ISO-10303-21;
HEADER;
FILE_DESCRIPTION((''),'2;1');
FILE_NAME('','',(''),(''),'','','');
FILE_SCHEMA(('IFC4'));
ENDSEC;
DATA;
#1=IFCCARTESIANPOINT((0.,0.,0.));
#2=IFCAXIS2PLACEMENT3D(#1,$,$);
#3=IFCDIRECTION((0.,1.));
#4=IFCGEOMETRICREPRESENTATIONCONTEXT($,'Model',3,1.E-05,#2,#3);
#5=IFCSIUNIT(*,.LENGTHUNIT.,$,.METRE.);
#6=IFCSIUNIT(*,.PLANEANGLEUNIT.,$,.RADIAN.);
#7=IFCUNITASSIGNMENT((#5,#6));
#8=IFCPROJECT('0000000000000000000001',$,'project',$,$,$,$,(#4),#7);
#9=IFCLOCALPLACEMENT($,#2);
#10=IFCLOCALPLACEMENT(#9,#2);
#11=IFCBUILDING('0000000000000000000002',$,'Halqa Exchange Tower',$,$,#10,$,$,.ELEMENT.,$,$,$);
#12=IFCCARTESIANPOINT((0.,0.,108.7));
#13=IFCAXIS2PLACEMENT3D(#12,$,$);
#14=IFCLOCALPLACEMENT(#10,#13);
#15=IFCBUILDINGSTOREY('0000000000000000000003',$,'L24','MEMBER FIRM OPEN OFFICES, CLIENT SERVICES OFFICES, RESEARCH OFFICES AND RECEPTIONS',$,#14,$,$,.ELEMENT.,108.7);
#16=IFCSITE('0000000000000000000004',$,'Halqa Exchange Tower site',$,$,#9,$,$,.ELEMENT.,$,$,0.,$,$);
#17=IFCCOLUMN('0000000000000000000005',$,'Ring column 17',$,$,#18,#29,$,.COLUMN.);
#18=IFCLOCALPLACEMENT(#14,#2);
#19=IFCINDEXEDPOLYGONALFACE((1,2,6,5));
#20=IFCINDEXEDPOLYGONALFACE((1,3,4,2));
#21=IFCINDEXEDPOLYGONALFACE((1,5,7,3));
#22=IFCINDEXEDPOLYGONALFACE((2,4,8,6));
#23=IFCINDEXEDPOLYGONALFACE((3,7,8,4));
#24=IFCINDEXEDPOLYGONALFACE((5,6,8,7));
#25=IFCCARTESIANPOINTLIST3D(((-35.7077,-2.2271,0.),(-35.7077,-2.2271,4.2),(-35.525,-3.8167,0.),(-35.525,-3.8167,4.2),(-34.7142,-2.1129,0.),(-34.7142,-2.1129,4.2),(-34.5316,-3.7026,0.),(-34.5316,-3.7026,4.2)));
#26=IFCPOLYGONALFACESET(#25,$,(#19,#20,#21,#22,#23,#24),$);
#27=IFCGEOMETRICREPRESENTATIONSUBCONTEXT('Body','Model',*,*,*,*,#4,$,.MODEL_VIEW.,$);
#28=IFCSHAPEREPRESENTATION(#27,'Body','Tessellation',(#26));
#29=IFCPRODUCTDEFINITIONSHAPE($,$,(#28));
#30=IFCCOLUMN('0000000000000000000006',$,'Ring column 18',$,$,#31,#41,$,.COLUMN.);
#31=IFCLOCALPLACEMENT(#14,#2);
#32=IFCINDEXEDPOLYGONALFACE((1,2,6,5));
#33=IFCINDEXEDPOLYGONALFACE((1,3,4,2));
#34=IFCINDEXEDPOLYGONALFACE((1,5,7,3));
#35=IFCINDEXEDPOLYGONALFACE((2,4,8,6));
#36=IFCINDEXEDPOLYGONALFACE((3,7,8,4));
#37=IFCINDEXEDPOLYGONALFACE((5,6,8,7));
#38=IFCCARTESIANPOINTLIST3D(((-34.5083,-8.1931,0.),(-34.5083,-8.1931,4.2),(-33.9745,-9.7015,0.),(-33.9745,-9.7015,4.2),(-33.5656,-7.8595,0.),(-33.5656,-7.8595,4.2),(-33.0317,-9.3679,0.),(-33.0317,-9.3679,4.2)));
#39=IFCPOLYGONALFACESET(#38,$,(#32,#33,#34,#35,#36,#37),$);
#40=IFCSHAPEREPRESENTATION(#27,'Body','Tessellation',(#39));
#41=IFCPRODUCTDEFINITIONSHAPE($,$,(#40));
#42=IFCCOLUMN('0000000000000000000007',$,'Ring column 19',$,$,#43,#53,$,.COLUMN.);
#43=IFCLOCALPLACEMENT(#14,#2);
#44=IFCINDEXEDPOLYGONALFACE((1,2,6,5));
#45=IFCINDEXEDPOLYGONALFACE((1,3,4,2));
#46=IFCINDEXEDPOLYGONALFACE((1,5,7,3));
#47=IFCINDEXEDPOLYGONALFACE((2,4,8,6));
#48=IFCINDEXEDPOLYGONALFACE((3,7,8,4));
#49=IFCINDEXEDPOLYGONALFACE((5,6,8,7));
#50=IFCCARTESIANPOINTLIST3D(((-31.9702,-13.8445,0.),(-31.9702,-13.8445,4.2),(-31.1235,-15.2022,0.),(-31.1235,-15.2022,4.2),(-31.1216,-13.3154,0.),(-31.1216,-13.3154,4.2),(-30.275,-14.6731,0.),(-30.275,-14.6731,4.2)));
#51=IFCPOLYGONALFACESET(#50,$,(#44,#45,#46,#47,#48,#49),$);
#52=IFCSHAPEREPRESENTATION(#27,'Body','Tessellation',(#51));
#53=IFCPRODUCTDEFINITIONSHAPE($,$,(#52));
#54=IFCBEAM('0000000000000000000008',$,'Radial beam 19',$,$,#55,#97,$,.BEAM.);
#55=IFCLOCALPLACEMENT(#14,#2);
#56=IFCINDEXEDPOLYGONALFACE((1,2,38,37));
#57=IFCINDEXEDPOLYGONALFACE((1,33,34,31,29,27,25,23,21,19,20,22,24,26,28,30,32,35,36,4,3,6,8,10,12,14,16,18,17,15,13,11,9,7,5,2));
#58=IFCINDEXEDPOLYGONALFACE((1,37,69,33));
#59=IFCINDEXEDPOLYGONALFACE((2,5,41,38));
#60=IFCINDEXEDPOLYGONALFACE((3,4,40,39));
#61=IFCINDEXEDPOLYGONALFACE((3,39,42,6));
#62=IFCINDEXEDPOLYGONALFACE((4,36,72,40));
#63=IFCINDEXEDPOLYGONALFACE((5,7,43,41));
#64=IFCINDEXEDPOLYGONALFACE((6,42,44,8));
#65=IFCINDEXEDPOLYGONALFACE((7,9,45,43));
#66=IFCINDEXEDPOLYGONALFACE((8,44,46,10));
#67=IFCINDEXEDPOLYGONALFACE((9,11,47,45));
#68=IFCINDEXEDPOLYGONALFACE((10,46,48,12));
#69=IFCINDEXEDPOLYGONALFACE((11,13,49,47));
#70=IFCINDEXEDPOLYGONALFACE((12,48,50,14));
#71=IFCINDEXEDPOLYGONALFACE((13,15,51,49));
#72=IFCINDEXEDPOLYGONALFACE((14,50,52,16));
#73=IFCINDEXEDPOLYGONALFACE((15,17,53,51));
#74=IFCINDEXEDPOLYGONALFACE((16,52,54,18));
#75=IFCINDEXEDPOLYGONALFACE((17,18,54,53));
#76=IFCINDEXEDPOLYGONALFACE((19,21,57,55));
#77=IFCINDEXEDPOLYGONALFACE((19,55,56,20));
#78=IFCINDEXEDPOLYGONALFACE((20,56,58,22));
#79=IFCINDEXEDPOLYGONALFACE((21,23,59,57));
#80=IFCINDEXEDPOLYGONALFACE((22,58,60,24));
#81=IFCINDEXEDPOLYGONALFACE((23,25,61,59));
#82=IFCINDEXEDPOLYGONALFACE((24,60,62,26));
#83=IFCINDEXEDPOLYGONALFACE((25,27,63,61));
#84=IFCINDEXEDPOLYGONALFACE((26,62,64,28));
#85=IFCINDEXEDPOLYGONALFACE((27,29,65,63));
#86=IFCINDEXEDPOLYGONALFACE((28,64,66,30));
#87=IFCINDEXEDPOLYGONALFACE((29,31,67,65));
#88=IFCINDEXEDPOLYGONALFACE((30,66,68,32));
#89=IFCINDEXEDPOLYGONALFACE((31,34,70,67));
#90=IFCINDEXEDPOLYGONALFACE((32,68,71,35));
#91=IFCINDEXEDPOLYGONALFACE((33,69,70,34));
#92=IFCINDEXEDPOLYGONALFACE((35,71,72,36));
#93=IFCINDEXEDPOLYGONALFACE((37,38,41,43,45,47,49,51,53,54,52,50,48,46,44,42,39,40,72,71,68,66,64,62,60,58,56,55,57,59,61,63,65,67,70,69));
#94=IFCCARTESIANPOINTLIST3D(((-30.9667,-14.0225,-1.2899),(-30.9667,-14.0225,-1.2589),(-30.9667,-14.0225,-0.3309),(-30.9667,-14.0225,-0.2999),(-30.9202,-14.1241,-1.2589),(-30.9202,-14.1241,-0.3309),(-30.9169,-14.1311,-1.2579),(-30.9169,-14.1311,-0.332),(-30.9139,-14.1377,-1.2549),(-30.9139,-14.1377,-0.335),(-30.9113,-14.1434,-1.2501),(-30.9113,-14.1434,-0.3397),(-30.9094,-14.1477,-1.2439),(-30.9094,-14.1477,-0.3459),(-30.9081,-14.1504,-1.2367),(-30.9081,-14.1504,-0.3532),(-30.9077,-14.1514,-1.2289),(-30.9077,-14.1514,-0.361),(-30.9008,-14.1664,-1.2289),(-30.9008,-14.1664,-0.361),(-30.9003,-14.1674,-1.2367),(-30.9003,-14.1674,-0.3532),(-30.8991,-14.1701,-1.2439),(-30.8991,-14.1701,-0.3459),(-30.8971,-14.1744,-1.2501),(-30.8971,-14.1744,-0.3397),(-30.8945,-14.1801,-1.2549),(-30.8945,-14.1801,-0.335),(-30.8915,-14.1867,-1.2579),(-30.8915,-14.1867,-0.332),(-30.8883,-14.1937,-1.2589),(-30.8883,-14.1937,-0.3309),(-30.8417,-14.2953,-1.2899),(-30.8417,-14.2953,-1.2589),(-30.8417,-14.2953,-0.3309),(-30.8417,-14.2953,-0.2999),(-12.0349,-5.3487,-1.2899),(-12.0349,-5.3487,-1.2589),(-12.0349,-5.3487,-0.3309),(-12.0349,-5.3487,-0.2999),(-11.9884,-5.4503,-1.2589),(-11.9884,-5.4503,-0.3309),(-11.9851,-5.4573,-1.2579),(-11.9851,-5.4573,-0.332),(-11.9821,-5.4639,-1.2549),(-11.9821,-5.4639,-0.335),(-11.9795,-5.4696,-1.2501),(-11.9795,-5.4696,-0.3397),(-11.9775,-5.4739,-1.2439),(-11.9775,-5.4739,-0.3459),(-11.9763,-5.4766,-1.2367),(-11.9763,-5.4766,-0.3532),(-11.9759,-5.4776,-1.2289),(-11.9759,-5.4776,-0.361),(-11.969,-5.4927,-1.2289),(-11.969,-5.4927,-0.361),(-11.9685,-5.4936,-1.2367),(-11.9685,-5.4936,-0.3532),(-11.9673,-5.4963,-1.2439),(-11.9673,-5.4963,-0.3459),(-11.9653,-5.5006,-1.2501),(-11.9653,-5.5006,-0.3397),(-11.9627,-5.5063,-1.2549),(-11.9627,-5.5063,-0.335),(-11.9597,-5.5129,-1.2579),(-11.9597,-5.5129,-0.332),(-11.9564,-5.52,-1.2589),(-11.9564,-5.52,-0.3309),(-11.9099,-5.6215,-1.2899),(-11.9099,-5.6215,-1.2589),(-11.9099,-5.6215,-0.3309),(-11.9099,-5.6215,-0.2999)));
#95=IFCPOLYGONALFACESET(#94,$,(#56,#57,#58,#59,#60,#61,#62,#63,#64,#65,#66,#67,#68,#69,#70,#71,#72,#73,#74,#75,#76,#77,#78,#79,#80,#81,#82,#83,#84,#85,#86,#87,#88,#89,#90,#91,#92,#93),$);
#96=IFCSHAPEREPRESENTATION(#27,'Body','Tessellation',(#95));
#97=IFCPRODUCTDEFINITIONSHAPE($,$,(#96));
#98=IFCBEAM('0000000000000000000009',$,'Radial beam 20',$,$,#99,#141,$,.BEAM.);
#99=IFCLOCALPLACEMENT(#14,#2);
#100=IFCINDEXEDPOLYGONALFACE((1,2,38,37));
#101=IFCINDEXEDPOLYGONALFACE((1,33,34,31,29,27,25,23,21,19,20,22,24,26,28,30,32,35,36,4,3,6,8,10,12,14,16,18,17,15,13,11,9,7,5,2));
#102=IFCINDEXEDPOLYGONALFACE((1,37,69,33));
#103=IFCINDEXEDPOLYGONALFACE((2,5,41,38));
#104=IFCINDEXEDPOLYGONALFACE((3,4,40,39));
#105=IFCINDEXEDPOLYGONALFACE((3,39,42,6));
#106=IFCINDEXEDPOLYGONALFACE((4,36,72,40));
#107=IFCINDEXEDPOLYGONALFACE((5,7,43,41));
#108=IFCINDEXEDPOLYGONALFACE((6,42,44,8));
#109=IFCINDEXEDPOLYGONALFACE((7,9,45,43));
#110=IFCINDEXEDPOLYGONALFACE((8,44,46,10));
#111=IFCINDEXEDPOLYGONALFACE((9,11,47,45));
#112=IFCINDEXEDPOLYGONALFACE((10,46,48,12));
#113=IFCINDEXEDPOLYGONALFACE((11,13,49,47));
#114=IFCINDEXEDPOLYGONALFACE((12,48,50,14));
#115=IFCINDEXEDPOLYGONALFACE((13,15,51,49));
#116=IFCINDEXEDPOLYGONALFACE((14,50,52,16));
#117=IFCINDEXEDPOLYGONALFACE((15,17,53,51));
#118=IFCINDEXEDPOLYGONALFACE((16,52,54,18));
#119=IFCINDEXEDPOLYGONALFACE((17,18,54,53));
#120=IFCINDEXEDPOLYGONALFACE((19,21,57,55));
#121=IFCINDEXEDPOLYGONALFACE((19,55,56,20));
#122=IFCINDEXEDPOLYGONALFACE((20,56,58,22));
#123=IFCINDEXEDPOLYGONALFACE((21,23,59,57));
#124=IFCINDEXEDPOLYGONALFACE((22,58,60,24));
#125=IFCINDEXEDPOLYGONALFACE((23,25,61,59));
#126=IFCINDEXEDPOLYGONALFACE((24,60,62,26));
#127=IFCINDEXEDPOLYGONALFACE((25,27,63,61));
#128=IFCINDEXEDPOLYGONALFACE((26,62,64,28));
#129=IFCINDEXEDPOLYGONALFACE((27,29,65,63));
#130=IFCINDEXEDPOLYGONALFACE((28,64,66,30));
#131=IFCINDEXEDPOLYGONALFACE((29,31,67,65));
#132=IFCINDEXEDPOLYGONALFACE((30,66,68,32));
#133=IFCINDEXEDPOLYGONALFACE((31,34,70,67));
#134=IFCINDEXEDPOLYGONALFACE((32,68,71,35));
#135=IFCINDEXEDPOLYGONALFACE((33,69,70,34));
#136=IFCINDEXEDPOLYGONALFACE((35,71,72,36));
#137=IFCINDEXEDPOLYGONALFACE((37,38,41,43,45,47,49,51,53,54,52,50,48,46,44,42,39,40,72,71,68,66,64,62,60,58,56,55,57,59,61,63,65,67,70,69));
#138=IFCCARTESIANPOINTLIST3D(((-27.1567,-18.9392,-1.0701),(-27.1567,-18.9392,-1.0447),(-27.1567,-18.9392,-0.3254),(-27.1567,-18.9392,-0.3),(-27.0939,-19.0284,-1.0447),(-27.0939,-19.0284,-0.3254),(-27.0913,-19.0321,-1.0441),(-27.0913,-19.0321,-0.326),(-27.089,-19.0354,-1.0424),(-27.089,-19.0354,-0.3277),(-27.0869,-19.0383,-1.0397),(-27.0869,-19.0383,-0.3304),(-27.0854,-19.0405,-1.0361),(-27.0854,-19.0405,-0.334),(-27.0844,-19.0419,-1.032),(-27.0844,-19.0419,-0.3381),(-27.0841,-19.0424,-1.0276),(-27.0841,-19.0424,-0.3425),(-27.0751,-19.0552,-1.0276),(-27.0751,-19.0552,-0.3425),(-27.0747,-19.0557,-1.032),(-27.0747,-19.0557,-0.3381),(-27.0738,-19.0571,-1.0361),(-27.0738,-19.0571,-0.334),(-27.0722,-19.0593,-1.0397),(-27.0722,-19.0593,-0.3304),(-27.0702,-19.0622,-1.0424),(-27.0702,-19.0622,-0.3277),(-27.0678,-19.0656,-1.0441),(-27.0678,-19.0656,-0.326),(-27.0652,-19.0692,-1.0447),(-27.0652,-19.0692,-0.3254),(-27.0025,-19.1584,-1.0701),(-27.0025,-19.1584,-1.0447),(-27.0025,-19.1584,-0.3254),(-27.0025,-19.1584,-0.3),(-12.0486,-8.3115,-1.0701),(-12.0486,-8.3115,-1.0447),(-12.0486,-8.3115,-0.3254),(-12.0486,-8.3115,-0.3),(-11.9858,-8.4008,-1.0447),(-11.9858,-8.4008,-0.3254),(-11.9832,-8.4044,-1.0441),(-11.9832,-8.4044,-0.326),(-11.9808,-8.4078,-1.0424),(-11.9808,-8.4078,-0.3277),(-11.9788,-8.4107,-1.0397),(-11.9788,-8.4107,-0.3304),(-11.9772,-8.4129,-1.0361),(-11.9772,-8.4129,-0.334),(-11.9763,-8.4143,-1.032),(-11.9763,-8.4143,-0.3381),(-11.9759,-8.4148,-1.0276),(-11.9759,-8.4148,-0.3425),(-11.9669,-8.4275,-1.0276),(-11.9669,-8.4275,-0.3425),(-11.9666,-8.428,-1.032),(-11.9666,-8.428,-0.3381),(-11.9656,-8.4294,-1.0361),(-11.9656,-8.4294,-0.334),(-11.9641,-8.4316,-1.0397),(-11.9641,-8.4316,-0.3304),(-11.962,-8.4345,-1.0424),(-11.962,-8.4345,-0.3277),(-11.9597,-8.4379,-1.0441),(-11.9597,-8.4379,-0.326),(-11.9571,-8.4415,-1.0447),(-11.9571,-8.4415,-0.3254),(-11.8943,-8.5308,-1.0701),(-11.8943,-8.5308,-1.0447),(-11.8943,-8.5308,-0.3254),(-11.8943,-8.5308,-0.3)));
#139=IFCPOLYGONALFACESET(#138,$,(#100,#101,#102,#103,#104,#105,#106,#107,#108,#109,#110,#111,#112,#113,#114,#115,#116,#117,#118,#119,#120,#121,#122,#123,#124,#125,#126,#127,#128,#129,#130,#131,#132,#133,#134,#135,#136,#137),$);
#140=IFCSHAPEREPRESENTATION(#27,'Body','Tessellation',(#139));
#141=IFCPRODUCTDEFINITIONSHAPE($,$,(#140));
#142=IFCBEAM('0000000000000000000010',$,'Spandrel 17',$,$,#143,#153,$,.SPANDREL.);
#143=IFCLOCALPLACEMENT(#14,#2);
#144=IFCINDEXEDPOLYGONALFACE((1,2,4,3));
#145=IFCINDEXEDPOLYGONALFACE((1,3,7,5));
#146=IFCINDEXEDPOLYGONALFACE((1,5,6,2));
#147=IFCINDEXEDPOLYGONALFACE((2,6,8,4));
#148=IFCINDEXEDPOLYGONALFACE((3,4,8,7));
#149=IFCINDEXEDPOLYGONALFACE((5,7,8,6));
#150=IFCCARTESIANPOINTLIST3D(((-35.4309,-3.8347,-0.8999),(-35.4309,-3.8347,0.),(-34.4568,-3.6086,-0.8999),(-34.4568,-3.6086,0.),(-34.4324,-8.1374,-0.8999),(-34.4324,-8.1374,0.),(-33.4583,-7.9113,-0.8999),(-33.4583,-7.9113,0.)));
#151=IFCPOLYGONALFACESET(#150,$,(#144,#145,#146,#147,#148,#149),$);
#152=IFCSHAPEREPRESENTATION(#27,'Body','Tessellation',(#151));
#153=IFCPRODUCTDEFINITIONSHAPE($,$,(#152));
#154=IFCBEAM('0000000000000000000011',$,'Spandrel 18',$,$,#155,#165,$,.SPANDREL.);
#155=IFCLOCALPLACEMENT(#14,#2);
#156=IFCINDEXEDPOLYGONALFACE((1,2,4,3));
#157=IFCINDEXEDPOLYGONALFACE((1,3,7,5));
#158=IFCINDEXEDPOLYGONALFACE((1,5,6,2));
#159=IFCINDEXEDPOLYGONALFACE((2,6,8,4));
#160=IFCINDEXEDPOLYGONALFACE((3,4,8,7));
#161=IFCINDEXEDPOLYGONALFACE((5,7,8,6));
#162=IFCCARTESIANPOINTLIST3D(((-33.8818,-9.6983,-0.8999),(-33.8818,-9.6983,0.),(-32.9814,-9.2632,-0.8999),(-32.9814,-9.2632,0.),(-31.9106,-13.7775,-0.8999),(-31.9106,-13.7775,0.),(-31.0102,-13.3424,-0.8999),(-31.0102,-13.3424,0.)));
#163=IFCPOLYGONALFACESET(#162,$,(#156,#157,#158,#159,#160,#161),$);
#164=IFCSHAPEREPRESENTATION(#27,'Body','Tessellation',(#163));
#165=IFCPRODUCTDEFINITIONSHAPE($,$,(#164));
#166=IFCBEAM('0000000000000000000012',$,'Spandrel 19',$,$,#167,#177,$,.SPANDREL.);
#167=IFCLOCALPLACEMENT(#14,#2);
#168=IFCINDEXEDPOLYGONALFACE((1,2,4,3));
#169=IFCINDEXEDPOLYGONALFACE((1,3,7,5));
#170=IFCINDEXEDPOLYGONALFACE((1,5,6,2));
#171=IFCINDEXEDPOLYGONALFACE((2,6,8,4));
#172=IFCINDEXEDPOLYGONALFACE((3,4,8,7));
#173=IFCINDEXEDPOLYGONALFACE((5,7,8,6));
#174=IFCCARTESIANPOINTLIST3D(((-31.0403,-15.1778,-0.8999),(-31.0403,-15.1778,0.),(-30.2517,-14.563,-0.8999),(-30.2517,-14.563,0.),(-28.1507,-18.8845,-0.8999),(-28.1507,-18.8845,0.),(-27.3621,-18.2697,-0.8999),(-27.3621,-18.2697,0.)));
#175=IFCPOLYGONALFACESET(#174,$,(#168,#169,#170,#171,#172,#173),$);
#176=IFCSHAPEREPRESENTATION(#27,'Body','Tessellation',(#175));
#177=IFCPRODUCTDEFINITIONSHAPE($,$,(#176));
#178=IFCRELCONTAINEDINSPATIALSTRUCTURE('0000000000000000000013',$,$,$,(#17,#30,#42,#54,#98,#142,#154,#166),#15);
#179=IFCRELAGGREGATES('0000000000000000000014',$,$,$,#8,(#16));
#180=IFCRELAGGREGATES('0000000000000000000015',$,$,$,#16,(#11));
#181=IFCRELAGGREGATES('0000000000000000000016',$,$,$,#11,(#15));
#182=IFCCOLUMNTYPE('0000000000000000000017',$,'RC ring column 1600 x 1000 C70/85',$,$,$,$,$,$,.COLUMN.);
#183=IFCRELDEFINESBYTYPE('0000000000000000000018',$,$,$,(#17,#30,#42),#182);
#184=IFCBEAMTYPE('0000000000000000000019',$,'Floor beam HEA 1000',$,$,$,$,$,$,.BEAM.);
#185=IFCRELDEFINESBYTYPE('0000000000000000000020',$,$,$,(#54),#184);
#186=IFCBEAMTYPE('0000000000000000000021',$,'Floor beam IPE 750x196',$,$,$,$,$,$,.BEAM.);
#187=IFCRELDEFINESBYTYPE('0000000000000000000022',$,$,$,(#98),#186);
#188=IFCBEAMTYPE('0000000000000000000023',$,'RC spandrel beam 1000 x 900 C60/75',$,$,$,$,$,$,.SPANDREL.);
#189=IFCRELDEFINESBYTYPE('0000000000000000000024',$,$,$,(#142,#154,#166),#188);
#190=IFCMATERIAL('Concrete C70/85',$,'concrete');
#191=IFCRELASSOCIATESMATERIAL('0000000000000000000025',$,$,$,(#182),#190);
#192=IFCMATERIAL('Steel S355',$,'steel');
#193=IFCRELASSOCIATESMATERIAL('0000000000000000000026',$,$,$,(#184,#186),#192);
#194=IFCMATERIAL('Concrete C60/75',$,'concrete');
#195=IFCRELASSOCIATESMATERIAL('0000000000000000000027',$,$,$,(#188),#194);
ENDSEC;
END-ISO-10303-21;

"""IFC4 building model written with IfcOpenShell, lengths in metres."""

from ifc_helpers import new_model, si_unit, direction, frame, origin, origin_2d, place, context, subcontext, project, spatial, rectangle, i_section, extrude, material, material_profile, profile_set, type_object, element, save


model = new_model("IFC4")

# Units and contexts
model_context = context("Model", 3, precision=1e-05, world=origin(), true_north=direction((0.0, 1.0)))
body_context = subcontext(model_context, "Body", "Model", "MODEL_VIEW")
ifc_project = project(units=[si_unit("LENGTHUNIT", "METRE"), si_unit("PLANEANGLEUNIT", "RADIAN")], contexts=[model_context])

# Site, building, storey
site_placement = place(None, origin())
site = spatial("IfcSite", under=ifc_project, at=site_placement, Name="Halqa Exchange Tower site", CompositionType="ELEMENT", RefElevation=0.0)
building_placement = place(site_placement, origin())
building = spatial("IfcBuilding", under=site, at=building_placement, Name="Halqa Exchange Tower", CompositionType="ELEMENT")
storey_placement = place(building_placement, frame((0.0, 0.0, 108.7)))
storey = spatial("IfcBuildingStorey", under=building, at=storey_placement, Name="L24", Description="MEMBER FIRM OPEN OFFICES, CLIENT SERVICES OFFICES, RESEARCH OFFICES AND RECEPTIONS", CompositionType="ELEMENT", Elevation=108.7)

# Columns
ifc_material_1 = material(Name="Concrete C70/85", Category="concrete")
ifc_material_profile_1 = material_profile(ifc_material_1, rectangle(XDim=1.6001, YDim=1.0, at=origin_2d()), Name="1600 x 1000")
ifc_profile_set_1 = profile_set([ifc_material_profile_1], Name="Concrete C70/85")
column_type = type_object("IfcColumnType", Name="RC ring column 1600 x 1000 C70/85", PredefinedType="COLUMN", material=ifc_profile_set_1)
for number, where, z_axis, x_axis, name in (
    (1, (-35.1196, -2.9648, 0.0), (0.0, 0.0, 1.0), (0.114162, -0.993462, 0.0), "Ring column 17"),
    (2, (-33.77, -8.7805, 0.0), (0.0, 0.0, 1.0), (0.333626, -0.942706, 0.0), "Ring column 18"),
    (3, (-31.1226, -14.2588, 0.0), (0.0, 0.0, 1.0), (0.529139, -0.848535, 0.0), "Ring column 19"),
):
    element("IfcColumn", number, at=place(storey_placement, frame(where, z_axis=z_axis, x_axis=x_axis)), inside=storey, type_object=column_type, Name=name, PredefinedType="COLUMN", context=body_context, shape_type="SweptSolid", body=[
        extrude(rectangle(XDim=1.6001, YDim=1.0, at=origin_2d()), origin(), (0.0, 0.0, 1.0), 4.2),
    ])

# Beams
ifc_material_2 = material(Name="Steel S355", Category="steel")
ifc_material_profile_2 = material_profile(ifc_material_2, i_section(OverallWidth=0.3, OverallDepth=0.99, WebThickness=0.0166, FlangeThickness=0.031, FilletRadius=0.03, at=origin_2d()), Name="HEA 1000")
ifc_profile_set_2 = profile_set([ifc_material_profile_2], Name="Steel S355")
beam_type_1 = type_object("IfcBeamType", Name="Floor beam HEA 1000", PredefinedType="BEAM", material=ifc_profile_set_2)
beam_1_placement = place(storey_placement, frame((-11.9724, -5.4851, -0.7949), z_axis=(-0.909125, -0.416524, 0.0), x_axis=(0.416524, -0.909125, 0.0)))
element("IfcBeam", 4, at=beam_1_placement, inside=storey, type_object=beam_type_1, Name="Radial beam 19", PredefinedType="BEAM", context=body_context, shape_type="SweptSolid", body=[
    extrude(i_section(OverallWidth=0.3, OverallDepth=0.99, WebThickness=0.0166, FlangeThickness=0.031, FilletRadius=0.03, at=origin_2d()), origin(), (0.0, 0.0, 1.0), 20.8242),
])
ifc_material_profile_3 = material_profile(ifc_material_2, i_section(OverallWidth=0.2681, OverallDepth=0.77, WebThickness=0.0156, FlangeThickness=0.0254, FilletRadius=0.0171, at=origin_2d()), Name="IPE 750x196")
ifc_profile_set_3 = profile_set([ifc_material_profile_3], Name="Steel S355")
beam_type_2 = type_object("IfcBeamType", Name="Floor beam IPE 750x196", PredefinedType="BEAM", material=ifc_profile_set_3)
beam_2_placement = place(storey_placement, frame((-11.9714, -8.4211, -0.6851), z_axis=(-0.817908, -0.575349, 0.0), x_axis=(0.575349, -0.817908, 0.0)))
element("IfcBeam", 5, at=beam_2_placement, inside=storey, type_object=beam_type_2, Name="Radial beam 20", PredefinedType="BEAM", context=body_context, shape_type="SweptSolid", body=[
    extrude(i_section(OverallWidth=0.2681, OverallDepth=0.77, WebThickness=0.0156, FlangeThickness=0.0254, FilletRadius=0.0171, at=origin_2d()), origin(), (0.0, 0.0, 1.0), 18.4717),
])
ifc_material_3 = material(Name="Concrete C60/75", Category="concrete")
ifc_material_profile_4 = material_profile(ifc_material_3, rectangle(XDim=1.0, YDim=0.8999, at=origin_2d()), Name="1000 x 900")
ifc_profile_set_4 = profile_set([ifc_material_profile_4], Name="Concrete C60/75")
beam_type_3 = type_object("IfcBeamType", Name="RC spandrel beam 1000 x 900 C60/75", PredefinedType="SPANDREL", material=ifc_profile_set_4)
beam_3_placement = place(storey_placement, frame((-34.9438, -3.7217, -0.45), z_axis=(0.226062, -0.974113, 0.0), x_axis=(0.974113, 0.226062, 0.0)))
element("IfcBeam", 6, at=beam_3_placement, inside=storey, type_object=beam_type_3, Name="Spandrel 17", PredefinedType="SPANDREL", context=body_context, shape_type="SweptSolid", body=[
    extrude(rectangle(XDim=1.0, YDim=0.8999, at=origin_2d()), origin(), (0.0, 0.0, 1.0), 4.417),
])
beam_4_placement = place(storey_placement, frame((-33.4316, -9.4807, -0.45), z_axis=(0.435102, -0.900381, 0.0), x_axis=(0.900381, 0.435102, 0.0)))
element("IfcBeam", 7, at=beam_4_placement, inside=storey, type_object=beam_type_3, Name="Spandrel 18", PredefinedType="SPANDREL", context=body_context, shape_type="SweptSolid", body=[
    extrude(rectangle(XDim=1.0, YDim=0.8999, at=origin_2d()), origin(), (0.0, 0.0, 1.0), 4.5305),
])
beam_5_placement = place(storey_placement, frame((-30.646, -14.8704, -0.45), z_axis=(0.614814, -0.788672, 0.0), x_axis=(0.788672, 0.614814, 0.0)))
element("IfcBeam", 8, at=beam_5_placement, inside=storey, type_object=beam_type_3, Name="Spandrel 19", PredefinedType="SPANDREL", context=body_context, shape_type="SweptSolid", body=[
    extrude(rectangle(XDim=1.0, YDim=0.8999, at=origin_2d()), origin(), (0.0, 0.0, 1.0), 4.7),
])

save(model, "model.ifc")
